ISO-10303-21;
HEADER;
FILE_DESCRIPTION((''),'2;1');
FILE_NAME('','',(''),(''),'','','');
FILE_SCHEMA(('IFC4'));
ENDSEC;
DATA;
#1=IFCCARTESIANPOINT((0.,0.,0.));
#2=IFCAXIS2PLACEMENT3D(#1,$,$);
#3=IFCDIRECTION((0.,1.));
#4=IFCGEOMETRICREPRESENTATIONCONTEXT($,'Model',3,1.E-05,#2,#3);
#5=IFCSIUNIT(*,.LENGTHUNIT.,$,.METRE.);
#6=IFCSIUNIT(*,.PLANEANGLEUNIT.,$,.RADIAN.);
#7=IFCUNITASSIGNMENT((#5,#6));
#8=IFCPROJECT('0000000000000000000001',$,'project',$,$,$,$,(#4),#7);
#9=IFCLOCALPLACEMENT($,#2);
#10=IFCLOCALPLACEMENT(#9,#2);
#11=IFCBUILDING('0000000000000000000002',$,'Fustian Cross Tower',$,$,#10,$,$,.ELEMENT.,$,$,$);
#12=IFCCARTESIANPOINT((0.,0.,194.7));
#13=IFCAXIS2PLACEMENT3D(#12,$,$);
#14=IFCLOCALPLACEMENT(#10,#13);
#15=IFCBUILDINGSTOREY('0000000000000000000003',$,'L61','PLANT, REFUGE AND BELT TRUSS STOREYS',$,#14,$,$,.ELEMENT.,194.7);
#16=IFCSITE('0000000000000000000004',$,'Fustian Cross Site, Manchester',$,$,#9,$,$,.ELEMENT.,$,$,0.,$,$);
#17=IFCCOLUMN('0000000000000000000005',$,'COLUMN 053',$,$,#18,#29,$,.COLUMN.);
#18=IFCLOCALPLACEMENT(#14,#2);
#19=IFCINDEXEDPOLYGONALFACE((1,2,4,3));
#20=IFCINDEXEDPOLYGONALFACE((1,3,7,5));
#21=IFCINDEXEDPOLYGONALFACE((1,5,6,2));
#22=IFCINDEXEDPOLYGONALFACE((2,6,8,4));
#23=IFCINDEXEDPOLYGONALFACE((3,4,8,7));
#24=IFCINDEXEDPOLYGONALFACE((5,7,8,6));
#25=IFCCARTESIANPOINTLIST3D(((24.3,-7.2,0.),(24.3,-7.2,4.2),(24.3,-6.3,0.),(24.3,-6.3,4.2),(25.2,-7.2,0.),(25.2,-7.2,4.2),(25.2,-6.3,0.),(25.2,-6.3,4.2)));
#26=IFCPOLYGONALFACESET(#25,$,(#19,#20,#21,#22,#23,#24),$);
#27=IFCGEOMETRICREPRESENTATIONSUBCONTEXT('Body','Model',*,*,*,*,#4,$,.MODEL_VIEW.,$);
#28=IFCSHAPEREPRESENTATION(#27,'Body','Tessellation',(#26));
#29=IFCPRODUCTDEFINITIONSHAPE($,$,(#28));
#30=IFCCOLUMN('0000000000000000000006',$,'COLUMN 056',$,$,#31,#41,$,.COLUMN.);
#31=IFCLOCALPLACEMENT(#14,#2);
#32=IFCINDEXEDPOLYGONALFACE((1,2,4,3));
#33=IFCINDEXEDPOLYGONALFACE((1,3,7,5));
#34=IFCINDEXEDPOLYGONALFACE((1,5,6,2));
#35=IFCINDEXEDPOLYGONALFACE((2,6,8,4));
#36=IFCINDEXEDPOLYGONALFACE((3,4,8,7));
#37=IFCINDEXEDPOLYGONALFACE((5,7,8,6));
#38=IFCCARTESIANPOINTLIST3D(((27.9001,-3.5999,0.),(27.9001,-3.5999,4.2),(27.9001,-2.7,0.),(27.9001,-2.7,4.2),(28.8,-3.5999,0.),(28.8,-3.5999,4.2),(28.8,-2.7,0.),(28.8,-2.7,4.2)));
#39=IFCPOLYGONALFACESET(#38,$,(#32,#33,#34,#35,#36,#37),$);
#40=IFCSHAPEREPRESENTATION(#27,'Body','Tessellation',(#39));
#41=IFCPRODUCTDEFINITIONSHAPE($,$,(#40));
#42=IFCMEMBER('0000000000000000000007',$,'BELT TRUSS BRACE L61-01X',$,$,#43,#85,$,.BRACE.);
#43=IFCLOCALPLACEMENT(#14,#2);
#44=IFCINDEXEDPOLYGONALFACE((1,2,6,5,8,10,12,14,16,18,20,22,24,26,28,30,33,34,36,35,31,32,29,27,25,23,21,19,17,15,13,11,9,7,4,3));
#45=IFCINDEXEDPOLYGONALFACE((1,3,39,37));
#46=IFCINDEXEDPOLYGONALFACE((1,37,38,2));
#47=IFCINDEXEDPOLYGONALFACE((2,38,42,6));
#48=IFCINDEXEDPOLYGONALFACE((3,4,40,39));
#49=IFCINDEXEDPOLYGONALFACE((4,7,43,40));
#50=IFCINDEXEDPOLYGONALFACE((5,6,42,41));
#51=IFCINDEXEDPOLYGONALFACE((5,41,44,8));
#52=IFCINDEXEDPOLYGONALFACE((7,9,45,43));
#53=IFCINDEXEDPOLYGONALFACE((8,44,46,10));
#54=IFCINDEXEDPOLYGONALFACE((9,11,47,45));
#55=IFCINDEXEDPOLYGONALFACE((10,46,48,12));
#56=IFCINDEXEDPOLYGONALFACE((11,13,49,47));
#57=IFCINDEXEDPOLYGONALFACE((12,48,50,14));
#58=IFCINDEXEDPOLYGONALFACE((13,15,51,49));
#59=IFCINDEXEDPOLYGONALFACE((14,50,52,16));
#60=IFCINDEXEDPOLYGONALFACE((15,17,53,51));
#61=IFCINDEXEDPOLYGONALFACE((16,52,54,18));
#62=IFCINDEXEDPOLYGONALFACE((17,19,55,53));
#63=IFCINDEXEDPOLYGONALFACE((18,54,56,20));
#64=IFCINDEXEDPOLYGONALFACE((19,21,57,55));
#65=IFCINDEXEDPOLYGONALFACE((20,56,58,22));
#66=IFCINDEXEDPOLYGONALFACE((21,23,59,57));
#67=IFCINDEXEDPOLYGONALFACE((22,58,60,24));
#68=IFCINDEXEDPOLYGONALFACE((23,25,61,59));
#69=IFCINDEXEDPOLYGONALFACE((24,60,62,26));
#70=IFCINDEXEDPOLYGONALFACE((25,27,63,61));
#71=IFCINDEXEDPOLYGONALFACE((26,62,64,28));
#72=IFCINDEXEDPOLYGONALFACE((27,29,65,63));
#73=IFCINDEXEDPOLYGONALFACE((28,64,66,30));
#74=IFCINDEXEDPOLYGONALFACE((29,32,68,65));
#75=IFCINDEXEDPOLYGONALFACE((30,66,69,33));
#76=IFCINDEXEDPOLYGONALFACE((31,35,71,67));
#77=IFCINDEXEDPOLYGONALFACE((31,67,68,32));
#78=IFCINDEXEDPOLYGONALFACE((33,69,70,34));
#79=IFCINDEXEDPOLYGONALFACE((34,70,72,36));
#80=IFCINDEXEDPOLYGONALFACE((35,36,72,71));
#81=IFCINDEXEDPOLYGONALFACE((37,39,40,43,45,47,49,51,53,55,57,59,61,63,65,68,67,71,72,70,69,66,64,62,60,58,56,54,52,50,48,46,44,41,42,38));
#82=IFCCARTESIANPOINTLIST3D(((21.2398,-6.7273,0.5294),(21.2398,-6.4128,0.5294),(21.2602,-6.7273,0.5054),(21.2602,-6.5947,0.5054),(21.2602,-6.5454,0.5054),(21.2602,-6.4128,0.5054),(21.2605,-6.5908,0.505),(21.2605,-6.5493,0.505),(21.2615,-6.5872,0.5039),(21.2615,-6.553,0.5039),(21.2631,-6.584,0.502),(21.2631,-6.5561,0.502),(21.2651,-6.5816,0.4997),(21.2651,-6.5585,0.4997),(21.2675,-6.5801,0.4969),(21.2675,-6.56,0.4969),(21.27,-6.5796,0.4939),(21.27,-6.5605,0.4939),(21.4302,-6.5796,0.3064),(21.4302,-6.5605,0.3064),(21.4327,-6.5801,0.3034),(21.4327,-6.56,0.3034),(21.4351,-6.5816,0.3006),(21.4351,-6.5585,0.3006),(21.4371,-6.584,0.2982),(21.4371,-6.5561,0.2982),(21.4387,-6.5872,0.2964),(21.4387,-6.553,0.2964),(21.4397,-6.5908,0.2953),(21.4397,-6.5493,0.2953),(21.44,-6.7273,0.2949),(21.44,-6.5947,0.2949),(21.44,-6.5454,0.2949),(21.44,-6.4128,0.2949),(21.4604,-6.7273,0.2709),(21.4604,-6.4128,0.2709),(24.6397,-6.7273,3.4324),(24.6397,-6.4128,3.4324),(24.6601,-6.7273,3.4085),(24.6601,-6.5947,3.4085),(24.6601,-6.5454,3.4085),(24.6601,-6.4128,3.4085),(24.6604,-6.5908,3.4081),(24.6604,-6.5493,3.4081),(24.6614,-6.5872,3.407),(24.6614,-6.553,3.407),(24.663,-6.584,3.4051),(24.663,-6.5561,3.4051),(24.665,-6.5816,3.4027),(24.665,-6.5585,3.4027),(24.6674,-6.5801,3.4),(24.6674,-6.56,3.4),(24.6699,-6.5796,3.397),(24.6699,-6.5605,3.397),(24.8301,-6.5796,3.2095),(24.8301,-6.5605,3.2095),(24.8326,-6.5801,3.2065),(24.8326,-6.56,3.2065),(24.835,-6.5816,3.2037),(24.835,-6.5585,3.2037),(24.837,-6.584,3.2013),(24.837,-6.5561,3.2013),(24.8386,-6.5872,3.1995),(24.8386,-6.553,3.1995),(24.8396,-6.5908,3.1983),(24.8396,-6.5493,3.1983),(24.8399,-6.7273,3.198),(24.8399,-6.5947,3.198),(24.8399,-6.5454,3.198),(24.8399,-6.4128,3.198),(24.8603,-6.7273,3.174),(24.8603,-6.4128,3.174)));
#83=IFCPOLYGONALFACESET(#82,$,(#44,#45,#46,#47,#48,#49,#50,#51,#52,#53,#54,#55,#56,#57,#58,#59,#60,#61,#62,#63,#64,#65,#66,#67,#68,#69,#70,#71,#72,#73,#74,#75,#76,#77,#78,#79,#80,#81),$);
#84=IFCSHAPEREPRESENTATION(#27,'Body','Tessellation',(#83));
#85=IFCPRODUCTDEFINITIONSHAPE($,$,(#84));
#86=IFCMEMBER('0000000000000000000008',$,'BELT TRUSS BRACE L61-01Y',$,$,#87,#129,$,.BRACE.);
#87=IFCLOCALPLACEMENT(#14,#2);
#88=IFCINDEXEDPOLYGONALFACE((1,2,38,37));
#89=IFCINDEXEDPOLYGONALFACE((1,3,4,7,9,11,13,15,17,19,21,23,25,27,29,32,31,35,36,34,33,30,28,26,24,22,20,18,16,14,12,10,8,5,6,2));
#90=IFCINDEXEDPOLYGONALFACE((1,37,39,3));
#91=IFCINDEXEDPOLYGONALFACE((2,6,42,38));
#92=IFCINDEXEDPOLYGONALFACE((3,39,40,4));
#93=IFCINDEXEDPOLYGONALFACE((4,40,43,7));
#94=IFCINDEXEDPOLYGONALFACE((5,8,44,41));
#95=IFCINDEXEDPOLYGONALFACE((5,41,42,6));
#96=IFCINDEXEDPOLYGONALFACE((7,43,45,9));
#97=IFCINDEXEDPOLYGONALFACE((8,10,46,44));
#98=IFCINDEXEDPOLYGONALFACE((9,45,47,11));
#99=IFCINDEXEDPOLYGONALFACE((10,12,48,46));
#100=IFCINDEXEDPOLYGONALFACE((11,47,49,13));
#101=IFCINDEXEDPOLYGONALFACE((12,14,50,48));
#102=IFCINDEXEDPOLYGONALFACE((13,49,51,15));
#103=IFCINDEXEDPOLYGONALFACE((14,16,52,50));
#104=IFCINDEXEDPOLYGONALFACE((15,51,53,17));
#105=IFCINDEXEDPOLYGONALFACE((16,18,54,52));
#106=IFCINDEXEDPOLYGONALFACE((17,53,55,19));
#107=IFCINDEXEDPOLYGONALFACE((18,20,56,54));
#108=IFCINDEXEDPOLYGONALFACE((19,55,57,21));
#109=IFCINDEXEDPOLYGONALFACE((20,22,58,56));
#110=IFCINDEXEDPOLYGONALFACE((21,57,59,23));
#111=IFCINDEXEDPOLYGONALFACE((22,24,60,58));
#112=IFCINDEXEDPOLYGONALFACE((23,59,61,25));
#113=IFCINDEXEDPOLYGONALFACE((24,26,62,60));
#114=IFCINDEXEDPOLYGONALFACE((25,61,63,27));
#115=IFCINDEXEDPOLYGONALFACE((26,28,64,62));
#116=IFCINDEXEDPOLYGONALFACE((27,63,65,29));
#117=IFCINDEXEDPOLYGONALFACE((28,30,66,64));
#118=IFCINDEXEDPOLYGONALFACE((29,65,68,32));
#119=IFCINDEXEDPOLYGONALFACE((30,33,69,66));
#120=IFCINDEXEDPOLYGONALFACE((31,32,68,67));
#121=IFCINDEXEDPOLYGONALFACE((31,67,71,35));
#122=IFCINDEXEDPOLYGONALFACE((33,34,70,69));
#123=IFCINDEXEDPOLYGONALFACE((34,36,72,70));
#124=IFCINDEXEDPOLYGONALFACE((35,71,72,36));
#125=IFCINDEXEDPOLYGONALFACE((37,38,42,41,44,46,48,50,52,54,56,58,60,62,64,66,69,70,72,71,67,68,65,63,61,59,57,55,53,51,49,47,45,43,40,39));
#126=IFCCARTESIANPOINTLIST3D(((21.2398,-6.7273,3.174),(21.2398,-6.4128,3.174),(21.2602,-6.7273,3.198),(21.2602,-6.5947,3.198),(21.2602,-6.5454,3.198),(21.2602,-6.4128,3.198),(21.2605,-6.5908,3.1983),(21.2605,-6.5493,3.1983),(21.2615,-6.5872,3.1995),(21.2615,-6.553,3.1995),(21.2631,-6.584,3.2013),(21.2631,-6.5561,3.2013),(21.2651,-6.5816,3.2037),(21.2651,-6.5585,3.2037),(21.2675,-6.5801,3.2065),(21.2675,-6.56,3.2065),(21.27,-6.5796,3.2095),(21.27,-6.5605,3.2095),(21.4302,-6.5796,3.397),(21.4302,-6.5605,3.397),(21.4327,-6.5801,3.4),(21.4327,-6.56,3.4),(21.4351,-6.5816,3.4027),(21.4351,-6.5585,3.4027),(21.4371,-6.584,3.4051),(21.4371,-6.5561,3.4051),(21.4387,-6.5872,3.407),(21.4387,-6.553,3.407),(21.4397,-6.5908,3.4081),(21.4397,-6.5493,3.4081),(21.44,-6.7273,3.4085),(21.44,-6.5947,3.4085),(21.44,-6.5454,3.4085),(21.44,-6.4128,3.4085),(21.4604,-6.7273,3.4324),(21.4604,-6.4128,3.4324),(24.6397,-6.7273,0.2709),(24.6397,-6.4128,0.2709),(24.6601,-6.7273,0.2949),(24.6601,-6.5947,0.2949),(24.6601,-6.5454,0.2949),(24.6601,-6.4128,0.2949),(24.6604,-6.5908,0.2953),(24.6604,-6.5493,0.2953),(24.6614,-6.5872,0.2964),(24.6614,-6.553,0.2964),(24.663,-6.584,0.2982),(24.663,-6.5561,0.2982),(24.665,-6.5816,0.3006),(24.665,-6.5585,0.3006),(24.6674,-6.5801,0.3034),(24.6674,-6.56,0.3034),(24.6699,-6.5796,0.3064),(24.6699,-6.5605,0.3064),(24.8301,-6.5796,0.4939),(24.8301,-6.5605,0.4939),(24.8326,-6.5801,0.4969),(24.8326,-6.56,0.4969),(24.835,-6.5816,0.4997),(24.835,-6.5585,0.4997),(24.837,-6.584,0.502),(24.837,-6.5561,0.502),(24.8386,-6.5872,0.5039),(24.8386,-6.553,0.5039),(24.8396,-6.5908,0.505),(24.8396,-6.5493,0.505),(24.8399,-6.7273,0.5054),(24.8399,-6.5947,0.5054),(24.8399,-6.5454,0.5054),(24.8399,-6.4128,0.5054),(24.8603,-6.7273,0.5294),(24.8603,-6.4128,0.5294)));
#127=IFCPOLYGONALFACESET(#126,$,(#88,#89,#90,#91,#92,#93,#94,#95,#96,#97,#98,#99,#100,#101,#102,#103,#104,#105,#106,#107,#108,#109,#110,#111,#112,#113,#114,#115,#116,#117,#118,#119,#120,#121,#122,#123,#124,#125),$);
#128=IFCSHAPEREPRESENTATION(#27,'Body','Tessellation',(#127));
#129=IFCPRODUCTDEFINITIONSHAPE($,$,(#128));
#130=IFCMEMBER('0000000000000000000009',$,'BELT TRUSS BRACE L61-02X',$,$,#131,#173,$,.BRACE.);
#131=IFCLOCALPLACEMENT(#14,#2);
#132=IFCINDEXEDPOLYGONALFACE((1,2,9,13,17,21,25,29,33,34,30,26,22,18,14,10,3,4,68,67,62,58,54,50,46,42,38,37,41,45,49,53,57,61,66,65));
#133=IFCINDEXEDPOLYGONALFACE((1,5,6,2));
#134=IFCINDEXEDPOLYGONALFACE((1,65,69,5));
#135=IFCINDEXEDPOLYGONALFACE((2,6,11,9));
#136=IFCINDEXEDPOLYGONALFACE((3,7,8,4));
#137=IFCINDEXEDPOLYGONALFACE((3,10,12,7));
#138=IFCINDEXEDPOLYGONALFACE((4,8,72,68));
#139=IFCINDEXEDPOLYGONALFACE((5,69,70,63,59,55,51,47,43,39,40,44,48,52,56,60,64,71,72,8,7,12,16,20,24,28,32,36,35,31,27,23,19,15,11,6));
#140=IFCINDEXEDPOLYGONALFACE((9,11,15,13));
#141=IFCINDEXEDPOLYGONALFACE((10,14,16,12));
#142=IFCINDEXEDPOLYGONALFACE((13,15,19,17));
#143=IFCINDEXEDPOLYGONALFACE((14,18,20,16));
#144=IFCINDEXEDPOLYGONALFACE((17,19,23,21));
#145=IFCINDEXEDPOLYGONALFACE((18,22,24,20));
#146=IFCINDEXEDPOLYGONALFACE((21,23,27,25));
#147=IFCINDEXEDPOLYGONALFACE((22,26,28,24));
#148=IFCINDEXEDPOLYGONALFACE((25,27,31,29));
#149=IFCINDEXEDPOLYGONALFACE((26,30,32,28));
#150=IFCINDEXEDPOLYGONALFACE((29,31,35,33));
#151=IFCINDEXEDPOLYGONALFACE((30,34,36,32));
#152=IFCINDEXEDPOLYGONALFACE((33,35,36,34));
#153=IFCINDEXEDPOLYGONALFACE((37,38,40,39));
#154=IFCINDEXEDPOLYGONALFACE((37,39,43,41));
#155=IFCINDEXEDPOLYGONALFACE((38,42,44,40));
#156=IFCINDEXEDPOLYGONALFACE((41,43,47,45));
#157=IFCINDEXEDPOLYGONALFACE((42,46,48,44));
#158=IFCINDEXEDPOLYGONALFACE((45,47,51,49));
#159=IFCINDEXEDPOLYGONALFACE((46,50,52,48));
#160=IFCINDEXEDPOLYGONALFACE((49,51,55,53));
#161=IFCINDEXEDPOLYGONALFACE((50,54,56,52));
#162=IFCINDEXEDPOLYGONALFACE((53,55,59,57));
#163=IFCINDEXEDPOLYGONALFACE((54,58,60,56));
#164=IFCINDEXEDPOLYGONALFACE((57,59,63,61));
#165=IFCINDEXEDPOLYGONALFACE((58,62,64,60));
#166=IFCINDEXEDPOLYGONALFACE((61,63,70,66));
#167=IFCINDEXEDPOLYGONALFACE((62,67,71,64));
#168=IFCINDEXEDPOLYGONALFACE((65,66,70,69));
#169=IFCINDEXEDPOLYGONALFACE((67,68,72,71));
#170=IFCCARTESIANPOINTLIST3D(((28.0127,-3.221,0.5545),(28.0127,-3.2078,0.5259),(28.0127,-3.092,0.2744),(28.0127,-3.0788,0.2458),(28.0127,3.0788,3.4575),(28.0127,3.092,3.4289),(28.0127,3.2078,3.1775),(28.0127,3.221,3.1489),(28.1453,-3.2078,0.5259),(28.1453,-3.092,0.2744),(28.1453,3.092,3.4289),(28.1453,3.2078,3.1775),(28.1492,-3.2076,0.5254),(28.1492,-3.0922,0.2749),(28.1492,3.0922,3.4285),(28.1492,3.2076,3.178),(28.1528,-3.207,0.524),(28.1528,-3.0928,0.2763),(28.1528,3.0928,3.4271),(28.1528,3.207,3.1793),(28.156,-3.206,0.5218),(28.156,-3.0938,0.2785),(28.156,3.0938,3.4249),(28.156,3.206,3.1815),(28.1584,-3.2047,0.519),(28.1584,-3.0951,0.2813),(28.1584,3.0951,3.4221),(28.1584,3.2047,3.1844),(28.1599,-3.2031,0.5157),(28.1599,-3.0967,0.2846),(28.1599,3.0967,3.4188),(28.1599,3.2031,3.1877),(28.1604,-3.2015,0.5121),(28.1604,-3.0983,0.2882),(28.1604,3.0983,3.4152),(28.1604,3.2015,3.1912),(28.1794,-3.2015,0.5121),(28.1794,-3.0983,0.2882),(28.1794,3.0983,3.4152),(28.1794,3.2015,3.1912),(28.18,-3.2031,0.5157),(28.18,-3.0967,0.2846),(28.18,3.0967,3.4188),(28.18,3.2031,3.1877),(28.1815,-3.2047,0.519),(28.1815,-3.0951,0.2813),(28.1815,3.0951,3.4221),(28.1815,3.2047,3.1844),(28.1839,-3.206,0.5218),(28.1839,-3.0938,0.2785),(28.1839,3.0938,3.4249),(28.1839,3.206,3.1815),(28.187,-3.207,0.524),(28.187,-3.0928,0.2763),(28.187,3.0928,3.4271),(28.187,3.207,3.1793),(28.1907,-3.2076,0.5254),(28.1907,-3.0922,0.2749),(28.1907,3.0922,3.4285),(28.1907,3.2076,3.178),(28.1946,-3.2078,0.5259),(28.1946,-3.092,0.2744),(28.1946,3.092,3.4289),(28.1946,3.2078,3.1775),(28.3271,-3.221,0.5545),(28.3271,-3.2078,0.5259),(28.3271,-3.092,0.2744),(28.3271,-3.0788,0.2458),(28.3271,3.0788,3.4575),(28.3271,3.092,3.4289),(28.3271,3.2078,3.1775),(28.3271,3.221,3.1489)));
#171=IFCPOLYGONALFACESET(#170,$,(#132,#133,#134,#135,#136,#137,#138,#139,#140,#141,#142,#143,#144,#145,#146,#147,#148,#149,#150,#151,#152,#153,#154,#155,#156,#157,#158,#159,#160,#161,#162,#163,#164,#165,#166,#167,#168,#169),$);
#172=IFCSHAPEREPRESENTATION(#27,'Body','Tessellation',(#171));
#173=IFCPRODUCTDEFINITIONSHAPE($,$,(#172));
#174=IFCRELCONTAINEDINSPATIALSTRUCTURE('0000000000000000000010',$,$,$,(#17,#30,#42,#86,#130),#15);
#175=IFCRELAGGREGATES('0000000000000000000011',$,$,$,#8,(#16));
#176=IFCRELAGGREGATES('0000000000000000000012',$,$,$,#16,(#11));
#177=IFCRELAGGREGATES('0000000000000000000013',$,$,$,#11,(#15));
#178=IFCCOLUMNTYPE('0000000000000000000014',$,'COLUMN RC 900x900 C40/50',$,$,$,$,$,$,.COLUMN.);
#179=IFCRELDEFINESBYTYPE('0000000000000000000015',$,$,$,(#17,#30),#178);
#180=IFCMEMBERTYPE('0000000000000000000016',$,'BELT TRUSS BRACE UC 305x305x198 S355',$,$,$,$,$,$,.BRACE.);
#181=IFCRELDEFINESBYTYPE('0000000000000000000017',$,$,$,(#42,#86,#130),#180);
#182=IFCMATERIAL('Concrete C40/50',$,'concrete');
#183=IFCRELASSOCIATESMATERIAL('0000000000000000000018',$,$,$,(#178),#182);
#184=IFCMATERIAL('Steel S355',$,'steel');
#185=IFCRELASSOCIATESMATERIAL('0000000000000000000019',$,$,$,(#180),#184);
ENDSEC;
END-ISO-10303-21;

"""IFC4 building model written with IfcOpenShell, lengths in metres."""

from ifc_helpers import new_model, si_unit, direction, frame, origin, origin_2d, place, context, subcontext, project, spatial, rectangle, i_section, extrude, material, material_profile, profile_set, type_object, element, save


model = new_model("IFC4")

# Units and contexts
model_context = context("Model", 3, precision=1e-05, world=origin(), true_north=direction((0.0, 1.0)))
body_context = subcontext(model_context, "Body", "Model", "MODEL_VIEW")
ifc_project = project(units=[si_unit("LENGTHUNIT", "METRE"), si_unit("PLANEANGLEUNIT", "RADIAN")], contexts=[model_context])

# Site, building, storey
site_placement = place(None, origin())
site = spatial("IfcSite", under=ifc_project, at=site_placement, Name="Fustian Cross Site, Manchester", CompositionType="ELEMENT", RefElevation=0.0)
building_placement = place(site_placement, origin())
building = spatial("IfcBuilding", under=site, at=building_placement, Name="Fustian Cross Tower", CompositionType="ELEMENT")
storey_placement = place(building_placement, frame((0.0, 0.0, 194.7)))
storey = spatial("IfcBuildingStorey", under=building, at=storey_placement, Name="L61", Description="PLANT, REFUGE AND BELT TRUSS STOREYS", CompositionType="ELEMENT", Elevation=194.7)

# Columns
ifc_material_1 = material(Name="Concrete C40/50", Category="concrete")
ifc_material_profile_1 = material_profile(ifc_material_1, rectangle(XDim=0.8999, YDim=0.8999, at=origin_2d()), Name="RC 900x900")
ifc_profile_set_1 = profile_set([ifc_material_profile_1], Name="Concrete C40/50")
column_type = type_object("IfcColumnType", Name="COLUMN RC 900x900 C40/50", PredefinedType="COLUMN", material=ifc_profile_set_1)
for number, where, z_axis, x_axis, name in (
    (1, (24.75, -6.75, 0.0), (0.0, 0.0, 1.0), (1.0, 0.0, 0.0), "COLUMN 053"),
    (2, (28.3501, -3.1499, 0.0), (0.0, 0.0, 1.0), (1.0, 0.0, 0.0), "COLUMN 056"),
):
    element("IfcColumn", number, at=place(storey_placement, frame(where, z_axis=z_axis, x_axis=x_axis)), inside=storey, type_object=column_type, Name=name, PredefinedType="COLUMN", context=body_context, shape_type="SweptSolid", body=[
        extrude(rectangle(XDim=0.8999, YDim=0.8999, at=origin_2d()), origin(), (0.0, 0.0, 1.0), 4.2),
    ])

# Members
ifc_material_2 = material(Name="Steel S355", Category="steel")
ifc_material_profile_2 = material_profile(ifc_material_2, i_section(OverallWidth=0.3145, OverallDepth=0.3398, WebThickness=0.019, FlangeThickness=0.0315, FilletRadius=0.0151, at=origin_2d()), Name="UC 305x305x198")
ifc_profile_set_2 = profile_set([ifc_material_profile_2], Name="Steel S355")
member_type_1 = type_object("IfcMemberType", Name="BELT TRUSS BRACE UC 305x305x198 S355", PredefinedType="BRACE", material=ifc_profile_set_2)
for number, where, z_axis, x_axis, name in (
    (3, (21.3501, -6.5701, 0.4001), (0.760485, 0.0, 0.649356), (0.0, 1.0, 0.0), "BELT TRUSS BRACE L61-01X"),
    (4, (21.3501, -6.5701, 3.3032), (0.760485, 0.0, -0.649356), (0.0, 1.0, 0.0), "BELT TRUSS BRACE L61-01Y"),
):
    element("IfcMember", number, at=place(storey_placement, frame(where, z_axis=z_axis, x_axis=x_axis)), inside=storey, type_object=member_type_1, Name=name, PredefinedType="BRACE", context=body_context, shape_type="SweptSolid", body=[
        extrude(i_section(OverallWidth=0.3145, OverallDepth=0.3398, WebThickness=0.019, FlangeThickness=0.0315, FilletRadius=0.0151, at=origin_2d()), origin(), (0.0, 0.0, 1.0), 4.4707),
    ])
for number, where, z_axis, x_axis, name in (
    (5, (28.1699, -3.1499, 0.4001), (0.0, 0.908207, 0.41852), (-1.0, 0.0, 0.0), "BELT TRUSS BRACE L61-02X"),
):
    element("IfcMember", number, at=place(storey_placement, frame(where, z_axis=z_axis, x_axis=x_axis)), inside=storey, type_object=member_type_1, Name=name, PredefinedType="BRACE", context=body_context, shape_type="SweptSolid", body=[
        extrude(i_section(OverallWidth=0.3145, OverallDepth=0.3398, WebThickness=0.019, FlangeThickness=0.0315, FilletRadius=0.0151, at=origin_2d()), origin(), (0.0, 0.0, 1.0), 6.9365),
    ])

save(model, "model.ifc")
